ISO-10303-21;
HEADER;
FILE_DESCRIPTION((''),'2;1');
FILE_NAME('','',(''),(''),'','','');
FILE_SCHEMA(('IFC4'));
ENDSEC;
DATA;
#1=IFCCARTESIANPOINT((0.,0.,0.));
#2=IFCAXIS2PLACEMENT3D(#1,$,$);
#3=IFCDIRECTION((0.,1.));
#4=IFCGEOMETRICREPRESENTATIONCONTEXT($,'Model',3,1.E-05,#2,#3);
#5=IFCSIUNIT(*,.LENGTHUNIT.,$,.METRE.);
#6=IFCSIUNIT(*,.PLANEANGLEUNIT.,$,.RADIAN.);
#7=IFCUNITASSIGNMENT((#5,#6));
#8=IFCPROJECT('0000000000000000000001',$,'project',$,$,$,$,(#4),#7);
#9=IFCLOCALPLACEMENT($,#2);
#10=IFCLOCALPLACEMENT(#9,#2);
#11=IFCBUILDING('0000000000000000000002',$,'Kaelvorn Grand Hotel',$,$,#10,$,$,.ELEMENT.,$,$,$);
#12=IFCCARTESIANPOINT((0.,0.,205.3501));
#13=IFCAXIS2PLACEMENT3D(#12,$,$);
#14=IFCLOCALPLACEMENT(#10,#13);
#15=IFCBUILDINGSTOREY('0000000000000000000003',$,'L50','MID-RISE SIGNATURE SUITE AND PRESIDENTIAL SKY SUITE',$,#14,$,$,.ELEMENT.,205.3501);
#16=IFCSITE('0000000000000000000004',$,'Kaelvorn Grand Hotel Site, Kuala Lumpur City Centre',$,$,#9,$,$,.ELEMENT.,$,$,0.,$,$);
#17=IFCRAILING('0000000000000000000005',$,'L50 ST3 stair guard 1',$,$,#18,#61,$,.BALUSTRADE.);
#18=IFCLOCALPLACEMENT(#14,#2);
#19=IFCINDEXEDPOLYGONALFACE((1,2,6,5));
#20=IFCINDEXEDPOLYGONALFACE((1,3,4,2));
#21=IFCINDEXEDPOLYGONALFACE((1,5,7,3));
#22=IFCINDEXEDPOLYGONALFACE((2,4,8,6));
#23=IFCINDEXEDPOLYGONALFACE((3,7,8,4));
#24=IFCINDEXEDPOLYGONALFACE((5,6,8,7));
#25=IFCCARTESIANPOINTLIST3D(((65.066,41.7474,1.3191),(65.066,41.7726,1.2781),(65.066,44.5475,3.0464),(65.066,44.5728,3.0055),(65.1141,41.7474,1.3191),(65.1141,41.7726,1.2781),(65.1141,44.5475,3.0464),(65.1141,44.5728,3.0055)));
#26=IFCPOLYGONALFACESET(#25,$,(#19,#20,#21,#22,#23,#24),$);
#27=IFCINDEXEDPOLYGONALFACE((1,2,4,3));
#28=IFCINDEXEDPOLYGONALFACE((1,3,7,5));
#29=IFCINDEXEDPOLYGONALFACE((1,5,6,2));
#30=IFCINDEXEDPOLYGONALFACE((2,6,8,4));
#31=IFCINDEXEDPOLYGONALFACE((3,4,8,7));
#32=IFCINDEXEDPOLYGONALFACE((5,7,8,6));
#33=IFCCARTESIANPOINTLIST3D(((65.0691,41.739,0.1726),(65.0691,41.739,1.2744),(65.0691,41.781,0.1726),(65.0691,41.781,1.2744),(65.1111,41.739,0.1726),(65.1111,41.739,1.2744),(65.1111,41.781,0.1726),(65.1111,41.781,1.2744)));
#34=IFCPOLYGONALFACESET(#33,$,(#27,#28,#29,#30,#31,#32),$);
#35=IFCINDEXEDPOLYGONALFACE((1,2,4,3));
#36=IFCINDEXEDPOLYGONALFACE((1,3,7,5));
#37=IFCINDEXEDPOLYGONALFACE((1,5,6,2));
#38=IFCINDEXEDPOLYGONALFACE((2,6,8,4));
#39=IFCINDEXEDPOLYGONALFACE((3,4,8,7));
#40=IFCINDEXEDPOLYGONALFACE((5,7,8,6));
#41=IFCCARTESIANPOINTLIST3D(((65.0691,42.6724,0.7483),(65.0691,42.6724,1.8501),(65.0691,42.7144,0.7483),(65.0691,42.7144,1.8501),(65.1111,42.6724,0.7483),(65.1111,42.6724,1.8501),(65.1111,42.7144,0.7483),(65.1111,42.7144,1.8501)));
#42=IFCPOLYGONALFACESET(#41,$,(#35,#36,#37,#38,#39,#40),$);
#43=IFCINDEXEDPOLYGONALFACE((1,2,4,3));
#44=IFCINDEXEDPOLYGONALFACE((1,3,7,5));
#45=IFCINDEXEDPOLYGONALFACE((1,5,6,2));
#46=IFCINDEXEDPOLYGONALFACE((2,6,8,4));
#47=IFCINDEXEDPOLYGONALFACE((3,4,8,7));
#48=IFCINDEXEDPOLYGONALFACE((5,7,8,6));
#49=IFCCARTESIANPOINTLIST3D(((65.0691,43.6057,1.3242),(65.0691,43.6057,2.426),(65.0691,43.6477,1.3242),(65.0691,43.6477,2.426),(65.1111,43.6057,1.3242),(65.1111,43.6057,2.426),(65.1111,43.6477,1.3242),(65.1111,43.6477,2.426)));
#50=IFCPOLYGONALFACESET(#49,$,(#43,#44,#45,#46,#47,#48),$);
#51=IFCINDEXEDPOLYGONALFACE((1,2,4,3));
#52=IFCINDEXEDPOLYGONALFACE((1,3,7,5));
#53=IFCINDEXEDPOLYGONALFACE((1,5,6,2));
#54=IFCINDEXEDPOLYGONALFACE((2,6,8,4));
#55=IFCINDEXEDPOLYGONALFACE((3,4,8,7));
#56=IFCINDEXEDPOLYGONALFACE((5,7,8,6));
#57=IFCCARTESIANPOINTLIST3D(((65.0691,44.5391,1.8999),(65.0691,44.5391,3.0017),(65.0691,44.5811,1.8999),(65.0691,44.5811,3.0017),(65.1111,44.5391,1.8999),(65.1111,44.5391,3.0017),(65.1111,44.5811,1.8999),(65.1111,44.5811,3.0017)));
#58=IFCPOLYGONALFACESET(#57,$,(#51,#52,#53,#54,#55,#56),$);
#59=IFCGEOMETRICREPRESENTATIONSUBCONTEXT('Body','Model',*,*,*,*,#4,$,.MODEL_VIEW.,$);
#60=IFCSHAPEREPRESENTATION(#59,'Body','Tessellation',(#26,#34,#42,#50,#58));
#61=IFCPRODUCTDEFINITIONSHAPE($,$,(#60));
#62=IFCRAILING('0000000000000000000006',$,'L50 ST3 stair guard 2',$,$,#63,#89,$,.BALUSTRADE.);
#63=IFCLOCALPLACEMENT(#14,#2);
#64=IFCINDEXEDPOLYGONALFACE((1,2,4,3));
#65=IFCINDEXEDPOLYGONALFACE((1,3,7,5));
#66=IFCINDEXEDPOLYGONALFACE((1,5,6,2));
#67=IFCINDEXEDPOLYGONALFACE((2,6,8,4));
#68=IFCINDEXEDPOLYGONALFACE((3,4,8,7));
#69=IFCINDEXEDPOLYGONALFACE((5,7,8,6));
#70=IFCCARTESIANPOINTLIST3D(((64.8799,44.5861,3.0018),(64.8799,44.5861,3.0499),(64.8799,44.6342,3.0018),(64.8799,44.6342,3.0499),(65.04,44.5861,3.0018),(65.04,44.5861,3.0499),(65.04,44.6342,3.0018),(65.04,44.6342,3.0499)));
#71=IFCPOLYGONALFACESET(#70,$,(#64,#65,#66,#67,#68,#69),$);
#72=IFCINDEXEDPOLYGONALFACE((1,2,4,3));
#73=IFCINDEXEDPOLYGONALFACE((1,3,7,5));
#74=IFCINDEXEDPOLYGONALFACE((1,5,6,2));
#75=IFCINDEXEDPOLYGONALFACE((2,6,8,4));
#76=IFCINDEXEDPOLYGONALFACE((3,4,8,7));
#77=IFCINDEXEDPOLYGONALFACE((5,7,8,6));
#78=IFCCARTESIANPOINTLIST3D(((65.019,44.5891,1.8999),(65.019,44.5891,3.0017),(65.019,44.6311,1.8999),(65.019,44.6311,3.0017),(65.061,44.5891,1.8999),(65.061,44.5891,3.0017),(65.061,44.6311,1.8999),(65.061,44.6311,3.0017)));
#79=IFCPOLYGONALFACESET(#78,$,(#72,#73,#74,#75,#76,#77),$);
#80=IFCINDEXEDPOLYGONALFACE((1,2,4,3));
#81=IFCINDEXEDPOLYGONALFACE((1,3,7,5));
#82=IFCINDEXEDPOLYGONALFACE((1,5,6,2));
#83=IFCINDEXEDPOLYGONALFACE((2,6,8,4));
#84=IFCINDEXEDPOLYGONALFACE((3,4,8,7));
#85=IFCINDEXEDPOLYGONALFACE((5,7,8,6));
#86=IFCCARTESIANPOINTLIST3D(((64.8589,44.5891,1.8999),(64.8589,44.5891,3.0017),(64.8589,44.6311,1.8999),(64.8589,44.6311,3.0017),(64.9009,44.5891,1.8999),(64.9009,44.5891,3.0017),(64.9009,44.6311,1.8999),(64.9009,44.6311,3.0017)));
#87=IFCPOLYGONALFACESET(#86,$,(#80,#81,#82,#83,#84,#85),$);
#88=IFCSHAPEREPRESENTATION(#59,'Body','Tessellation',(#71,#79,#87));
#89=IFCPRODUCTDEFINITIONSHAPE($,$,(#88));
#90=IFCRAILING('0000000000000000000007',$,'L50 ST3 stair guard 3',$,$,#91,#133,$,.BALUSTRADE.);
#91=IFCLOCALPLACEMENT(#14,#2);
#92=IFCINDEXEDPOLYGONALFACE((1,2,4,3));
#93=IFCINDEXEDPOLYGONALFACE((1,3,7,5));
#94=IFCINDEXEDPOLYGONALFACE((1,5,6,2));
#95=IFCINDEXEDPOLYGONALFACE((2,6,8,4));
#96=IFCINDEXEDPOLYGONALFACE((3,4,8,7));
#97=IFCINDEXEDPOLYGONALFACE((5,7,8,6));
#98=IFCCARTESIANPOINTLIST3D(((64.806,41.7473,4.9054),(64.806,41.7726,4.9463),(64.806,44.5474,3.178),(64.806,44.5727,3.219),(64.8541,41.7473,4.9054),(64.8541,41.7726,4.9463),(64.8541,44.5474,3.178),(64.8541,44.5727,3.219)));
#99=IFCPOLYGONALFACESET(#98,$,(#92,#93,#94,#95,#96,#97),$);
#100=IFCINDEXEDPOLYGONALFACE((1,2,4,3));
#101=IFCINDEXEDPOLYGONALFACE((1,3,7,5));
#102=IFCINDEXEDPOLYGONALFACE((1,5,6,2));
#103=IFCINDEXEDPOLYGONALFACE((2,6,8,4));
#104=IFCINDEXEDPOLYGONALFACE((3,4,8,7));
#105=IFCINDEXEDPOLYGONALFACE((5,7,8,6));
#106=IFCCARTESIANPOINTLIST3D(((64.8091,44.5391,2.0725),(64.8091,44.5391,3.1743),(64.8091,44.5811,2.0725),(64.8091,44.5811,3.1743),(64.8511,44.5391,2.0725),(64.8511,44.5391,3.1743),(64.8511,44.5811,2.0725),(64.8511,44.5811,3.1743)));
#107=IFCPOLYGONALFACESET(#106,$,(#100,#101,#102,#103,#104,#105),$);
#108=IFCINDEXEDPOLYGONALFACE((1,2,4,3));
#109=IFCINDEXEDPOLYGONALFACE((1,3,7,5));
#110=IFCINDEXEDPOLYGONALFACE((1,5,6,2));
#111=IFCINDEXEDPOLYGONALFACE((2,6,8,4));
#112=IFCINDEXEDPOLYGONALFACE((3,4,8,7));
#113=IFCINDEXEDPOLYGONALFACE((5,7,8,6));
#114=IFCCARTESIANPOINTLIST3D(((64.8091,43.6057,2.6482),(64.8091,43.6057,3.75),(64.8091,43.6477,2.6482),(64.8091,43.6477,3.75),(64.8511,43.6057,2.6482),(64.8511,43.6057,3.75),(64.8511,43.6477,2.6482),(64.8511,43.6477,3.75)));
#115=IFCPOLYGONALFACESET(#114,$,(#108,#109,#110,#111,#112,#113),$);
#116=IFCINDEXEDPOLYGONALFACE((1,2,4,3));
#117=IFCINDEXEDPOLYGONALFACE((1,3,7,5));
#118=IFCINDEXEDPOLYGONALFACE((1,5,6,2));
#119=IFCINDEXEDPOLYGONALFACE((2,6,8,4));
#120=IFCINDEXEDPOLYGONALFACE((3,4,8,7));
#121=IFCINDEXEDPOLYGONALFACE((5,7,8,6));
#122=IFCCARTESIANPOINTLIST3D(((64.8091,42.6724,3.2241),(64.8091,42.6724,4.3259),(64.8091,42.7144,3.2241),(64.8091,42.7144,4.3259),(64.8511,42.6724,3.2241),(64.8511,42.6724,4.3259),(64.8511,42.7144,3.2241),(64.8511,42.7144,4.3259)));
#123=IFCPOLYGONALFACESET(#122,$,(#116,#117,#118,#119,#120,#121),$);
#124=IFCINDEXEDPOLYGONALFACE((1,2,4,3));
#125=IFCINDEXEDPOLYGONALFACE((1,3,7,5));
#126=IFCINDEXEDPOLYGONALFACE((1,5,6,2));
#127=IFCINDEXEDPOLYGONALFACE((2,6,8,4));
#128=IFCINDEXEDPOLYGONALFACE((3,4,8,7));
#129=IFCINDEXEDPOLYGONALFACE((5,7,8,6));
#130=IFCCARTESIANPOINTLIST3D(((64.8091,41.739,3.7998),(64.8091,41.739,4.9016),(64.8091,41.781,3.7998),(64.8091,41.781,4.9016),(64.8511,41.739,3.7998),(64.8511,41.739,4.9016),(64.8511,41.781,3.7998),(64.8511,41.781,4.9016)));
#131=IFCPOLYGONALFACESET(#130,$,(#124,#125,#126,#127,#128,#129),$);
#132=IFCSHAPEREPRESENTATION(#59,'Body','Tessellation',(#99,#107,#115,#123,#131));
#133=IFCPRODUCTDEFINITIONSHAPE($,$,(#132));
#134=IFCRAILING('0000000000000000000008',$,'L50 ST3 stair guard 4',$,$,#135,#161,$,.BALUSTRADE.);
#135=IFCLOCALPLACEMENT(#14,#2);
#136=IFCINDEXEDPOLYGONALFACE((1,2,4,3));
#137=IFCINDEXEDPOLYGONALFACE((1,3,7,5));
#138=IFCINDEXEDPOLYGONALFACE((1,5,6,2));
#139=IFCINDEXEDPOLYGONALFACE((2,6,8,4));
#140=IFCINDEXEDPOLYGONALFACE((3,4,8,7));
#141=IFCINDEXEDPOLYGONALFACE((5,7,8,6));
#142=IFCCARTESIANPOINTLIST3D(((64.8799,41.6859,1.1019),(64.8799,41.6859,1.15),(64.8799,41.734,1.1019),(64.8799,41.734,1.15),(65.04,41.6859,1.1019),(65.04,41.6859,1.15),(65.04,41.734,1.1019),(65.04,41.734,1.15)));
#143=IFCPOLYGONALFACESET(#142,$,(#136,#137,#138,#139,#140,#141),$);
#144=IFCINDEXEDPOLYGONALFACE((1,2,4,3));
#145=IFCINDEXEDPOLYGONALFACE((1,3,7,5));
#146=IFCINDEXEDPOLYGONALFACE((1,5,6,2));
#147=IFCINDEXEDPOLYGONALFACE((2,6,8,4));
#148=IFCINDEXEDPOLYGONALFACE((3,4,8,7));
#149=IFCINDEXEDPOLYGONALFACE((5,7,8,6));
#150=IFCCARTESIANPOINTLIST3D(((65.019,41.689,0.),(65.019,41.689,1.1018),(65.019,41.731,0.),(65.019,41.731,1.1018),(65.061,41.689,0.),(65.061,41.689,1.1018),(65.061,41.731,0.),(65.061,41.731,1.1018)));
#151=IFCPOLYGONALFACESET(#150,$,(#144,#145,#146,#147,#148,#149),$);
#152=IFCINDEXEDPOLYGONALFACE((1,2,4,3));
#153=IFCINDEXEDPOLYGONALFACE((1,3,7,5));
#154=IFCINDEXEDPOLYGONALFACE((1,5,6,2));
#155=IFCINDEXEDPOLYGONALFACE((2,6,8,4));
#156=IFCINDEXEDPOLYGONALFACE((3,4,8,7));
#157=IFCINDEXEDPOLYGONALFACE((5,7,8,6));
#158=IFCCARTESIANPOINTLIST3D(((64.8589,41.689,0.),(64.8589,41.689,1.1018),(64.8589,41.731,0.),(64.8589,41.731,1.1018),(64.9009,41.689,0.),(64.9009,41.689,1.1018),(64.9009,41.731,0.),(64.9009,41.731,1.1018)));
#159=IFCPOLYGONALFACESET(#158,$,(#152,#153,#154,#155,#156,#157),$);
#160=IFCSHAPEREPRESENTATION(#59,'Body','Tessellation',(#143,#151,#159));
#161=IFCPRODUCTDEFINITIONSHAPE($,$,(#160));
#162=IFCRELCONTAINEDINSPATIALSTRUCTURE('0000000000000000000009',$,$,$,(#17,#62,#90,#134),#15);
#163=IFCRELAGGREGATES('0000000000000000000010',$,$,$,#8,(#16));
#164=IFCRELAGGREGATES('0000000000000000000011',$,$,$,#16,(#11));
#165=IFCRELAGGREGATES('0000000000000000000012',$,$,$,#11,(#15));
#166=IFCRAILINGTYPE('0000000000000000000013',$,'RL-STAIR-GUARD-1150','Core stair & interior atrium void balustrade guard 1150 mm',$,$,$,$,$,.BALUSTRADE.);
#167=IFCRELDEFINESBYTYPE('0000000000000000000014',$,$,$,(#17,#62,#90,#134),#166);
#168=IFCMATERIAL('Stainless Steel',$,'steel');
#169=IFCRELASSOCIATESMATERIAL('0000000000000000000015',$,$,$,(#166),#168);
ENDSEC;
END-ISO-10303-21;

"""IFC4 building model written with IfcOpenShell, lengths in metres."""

from ifc_helpers import new_model, si_unit, direction, frame, origin, origin_2d, place, context, subcontext, project, spatial, rectangle, extrude, material, type_object, element, save


model = new_model("IFC4")

# Units and contexts
model_context = context("Model", 3, precision=1e-05, world=origin(), true_north=direction((0.0, 1.0)))
body_context = subcontext(model_context, "Body", "Model", "MODEL_VIEW")
ifc_project = project(units=[si_unit("LENGTHUNIT", "METRE"), si_unit("PLANEANGLEUNIT", "RADIAN")], contexts=[model_context])

# Site, building, storey
site_placement = place(None, origin())
site = spatial("IfcSite", under=ifc_project, at=site_placement, Name="Kaelvorn Grand Hotel Site, Kuala Lumpur City Centre", CompositionType="ELEMENT", RefElevation=0.0)
building_placement = place(site_placement, origin())
building = spatial("IfcBuilding", under=site, at=building_placement, Name="Kaelvorn Grand Hotel", CompositionType="ELEMENT")
storey_placement = place(building_placement, frame((0.0, 0.0, 205.3501)))
storey = spatial("IfcBuildingStorey", under=building, at=storey_placement, Name="L50", Description="MID-RISE SIGNATURE SUITE AND PRESIDENTIAL SKY SUITE", CompositionType="ELEMENT", Elevation=205.3501)

# Shared definitions
ifc_material_1 = material(Name="Stainless Steel", Category="steel")

# Railings
railing_type_1 = type_object("IfcRailingType", Name="RL-STAIR-GUARD-1150", Description="Core stair & interior atrium void balustrade guard 1150 mm", PredefinedType="BALUSTRADE", material=ifc_material_1)
railing_1_placement = place(storey_placement, frame((65.0901, 41.76, 0.1726)))
element("IfcRailing", 1, at=railing_1_placement, inside=storey, type_object=railing_type_1, Name="L50 ST3 stair guard 1", PredefinedType="BALUSTRADE", context=body_context, shape_type="SweptSolid", body=[
    extrude(rectangle(XDim=0.0481, YDim=0.0481, at=origin_2d()), frame((0.0, 0.0, 1.126), z_axis=(0.0, 0.85109, 0.52502), x_axis=(-1.0, 0.0, 0.0)), (0.0, 0.0, 1.0), 3.29),
    extrude(rectangle(XDim=0.042, YDim=0.042, at=origin_2d()), origin(), (0.0, 0.0, 1.0), 1.1018),
    extrude(rectangle(XDim=0.042, YDim=0.042, at=origin_2d()), frame((0.0, 0.9333, 0.5757)), (0.0, 0.0, 1.0), 1.1018),
    extrude(rectangle(XDim=0.042, YDim=0.042, at=origin_2d()), frame((0.0, 1.8667, 1.1516)), (0.0, 0.0, 1.0), 1.1018),
    extrude(rectangle(XDim=0.042, YDim=0.042, at=origin_2d()), frame((0.0, 2.8, 1.7273)), (0.0, 0.0, 1.0), 1.1018),
])
railing_2_placement = place(storey_placement, frame((65.04, 44.6101, 1.8999)))
element("IfcRailing", 2, at=railing_2_placement, inside=storey, type_object=railing_type_1, Name="L50 ST3 stair guard 2", PredefinedType="BALUSTRADE", context=body_context, shape_type="SweptSolid", body=[
    extrude(rectangle(XDim=0.0481, YDim=0.0481, at=origin_2d()), frame((0.0, 0.0, 1.126), z_axis=(-1.0, 0.0, 0.0), x_axis=(0.0, -1.0, 0.0)), (0.0, 0.0, 1.0), 0.1602),
    extrude(rectangle(XDim=0.042, YDim=0.042, at=origin_2d()), origin(), (0.0, 0.0, 1.0), 1.1018),
    extrude(rectangle(XDim=0.042, YDim=0.042, at=origin_2d()), frame((-0.1602, 0.0, 0.0)), (0.0, 0.0, 1.0), 1.1018),
])
railing_3_placement = place(storey_placement, frame((64.8301, 44.5601, 2.0725)))
element("IfcRailing", 3, at=railing_3_placement, inside=storey, type_object=railing_type_1, Name="L50 ST3 stair guard 3", PredefinedType="BALUSTRADE", context=body_context, shape_type="SweptSolid", body=[
    extrude(rectangle(XDim=0.0481, YDim=0.0481, at=origin_2d()), frame((0.0, 0.0, 1.126), z_axis=(0.0, -0.85109, 0.52502), x_axis=(1.0, 0.0, 0.0)), (0.0, 0.0, 1.0), 3.29),
    extrude(rectangle(XDim=0.042, YDim=0.042, at=origin_2d()), origin(), (0.0, 0.0, 1.0), 1.1018),
    extrude(rectangle(XDim=0.042, YDim=0.042, at=origin_2d()), frame((0.0, -0.9333, 0.5757)), (0.0, 0.0, 1.0), 1.1018),
    extrude(rectangle(XDim=0.042, YDim=0.042, at=origin_2d()), frame((0.0, -1.8667, 1.1516)), (0.0, 0.0, 1.0), 1.1018),
    extrude(rectangle(XDim=0.042, YDim=0.042, at=origin_2d()), frame((0.0, -2.8, 1.7273)), (0.0, 0.0, 1.0), 1.1018),
])
railing_4_placement = place(storey_placement, frame((65.04, 41.71, 0.0)))
element("IfcRailing", 4, at=railing_4_placement, inside=storey, type_object=railing_type_1, Name="L50 ST3 stair guard 4", PredefinedType="BALUSTRADE", context=body_context, shape_type="SweptSolid", body=[
    extrude(rectangle(XDim=0.0481, YDim=0.0481, at=origin_2d()), frame((0.0, 0.0, 1.126), z_axis=(-1.0, 0.0, 0.0), x_axis=(0.0, -1.0, 0.0)), (0.0, 0.0, 1.0), 0.1602),
    extrude(rectangle(XDim=0.042, YDim=0.042, at=origin_2d()), origin(), (0.0, 0.0, 1.0), 1.1018),
    extrude(rectangle(XDim=0.042, YDim=0.042, at=origin_2d()), frame((-0.1602, 0.0, 0.0)), (0.0, 0.0, 1.0), 1.1018),
])

save(model, "model.ifc")
